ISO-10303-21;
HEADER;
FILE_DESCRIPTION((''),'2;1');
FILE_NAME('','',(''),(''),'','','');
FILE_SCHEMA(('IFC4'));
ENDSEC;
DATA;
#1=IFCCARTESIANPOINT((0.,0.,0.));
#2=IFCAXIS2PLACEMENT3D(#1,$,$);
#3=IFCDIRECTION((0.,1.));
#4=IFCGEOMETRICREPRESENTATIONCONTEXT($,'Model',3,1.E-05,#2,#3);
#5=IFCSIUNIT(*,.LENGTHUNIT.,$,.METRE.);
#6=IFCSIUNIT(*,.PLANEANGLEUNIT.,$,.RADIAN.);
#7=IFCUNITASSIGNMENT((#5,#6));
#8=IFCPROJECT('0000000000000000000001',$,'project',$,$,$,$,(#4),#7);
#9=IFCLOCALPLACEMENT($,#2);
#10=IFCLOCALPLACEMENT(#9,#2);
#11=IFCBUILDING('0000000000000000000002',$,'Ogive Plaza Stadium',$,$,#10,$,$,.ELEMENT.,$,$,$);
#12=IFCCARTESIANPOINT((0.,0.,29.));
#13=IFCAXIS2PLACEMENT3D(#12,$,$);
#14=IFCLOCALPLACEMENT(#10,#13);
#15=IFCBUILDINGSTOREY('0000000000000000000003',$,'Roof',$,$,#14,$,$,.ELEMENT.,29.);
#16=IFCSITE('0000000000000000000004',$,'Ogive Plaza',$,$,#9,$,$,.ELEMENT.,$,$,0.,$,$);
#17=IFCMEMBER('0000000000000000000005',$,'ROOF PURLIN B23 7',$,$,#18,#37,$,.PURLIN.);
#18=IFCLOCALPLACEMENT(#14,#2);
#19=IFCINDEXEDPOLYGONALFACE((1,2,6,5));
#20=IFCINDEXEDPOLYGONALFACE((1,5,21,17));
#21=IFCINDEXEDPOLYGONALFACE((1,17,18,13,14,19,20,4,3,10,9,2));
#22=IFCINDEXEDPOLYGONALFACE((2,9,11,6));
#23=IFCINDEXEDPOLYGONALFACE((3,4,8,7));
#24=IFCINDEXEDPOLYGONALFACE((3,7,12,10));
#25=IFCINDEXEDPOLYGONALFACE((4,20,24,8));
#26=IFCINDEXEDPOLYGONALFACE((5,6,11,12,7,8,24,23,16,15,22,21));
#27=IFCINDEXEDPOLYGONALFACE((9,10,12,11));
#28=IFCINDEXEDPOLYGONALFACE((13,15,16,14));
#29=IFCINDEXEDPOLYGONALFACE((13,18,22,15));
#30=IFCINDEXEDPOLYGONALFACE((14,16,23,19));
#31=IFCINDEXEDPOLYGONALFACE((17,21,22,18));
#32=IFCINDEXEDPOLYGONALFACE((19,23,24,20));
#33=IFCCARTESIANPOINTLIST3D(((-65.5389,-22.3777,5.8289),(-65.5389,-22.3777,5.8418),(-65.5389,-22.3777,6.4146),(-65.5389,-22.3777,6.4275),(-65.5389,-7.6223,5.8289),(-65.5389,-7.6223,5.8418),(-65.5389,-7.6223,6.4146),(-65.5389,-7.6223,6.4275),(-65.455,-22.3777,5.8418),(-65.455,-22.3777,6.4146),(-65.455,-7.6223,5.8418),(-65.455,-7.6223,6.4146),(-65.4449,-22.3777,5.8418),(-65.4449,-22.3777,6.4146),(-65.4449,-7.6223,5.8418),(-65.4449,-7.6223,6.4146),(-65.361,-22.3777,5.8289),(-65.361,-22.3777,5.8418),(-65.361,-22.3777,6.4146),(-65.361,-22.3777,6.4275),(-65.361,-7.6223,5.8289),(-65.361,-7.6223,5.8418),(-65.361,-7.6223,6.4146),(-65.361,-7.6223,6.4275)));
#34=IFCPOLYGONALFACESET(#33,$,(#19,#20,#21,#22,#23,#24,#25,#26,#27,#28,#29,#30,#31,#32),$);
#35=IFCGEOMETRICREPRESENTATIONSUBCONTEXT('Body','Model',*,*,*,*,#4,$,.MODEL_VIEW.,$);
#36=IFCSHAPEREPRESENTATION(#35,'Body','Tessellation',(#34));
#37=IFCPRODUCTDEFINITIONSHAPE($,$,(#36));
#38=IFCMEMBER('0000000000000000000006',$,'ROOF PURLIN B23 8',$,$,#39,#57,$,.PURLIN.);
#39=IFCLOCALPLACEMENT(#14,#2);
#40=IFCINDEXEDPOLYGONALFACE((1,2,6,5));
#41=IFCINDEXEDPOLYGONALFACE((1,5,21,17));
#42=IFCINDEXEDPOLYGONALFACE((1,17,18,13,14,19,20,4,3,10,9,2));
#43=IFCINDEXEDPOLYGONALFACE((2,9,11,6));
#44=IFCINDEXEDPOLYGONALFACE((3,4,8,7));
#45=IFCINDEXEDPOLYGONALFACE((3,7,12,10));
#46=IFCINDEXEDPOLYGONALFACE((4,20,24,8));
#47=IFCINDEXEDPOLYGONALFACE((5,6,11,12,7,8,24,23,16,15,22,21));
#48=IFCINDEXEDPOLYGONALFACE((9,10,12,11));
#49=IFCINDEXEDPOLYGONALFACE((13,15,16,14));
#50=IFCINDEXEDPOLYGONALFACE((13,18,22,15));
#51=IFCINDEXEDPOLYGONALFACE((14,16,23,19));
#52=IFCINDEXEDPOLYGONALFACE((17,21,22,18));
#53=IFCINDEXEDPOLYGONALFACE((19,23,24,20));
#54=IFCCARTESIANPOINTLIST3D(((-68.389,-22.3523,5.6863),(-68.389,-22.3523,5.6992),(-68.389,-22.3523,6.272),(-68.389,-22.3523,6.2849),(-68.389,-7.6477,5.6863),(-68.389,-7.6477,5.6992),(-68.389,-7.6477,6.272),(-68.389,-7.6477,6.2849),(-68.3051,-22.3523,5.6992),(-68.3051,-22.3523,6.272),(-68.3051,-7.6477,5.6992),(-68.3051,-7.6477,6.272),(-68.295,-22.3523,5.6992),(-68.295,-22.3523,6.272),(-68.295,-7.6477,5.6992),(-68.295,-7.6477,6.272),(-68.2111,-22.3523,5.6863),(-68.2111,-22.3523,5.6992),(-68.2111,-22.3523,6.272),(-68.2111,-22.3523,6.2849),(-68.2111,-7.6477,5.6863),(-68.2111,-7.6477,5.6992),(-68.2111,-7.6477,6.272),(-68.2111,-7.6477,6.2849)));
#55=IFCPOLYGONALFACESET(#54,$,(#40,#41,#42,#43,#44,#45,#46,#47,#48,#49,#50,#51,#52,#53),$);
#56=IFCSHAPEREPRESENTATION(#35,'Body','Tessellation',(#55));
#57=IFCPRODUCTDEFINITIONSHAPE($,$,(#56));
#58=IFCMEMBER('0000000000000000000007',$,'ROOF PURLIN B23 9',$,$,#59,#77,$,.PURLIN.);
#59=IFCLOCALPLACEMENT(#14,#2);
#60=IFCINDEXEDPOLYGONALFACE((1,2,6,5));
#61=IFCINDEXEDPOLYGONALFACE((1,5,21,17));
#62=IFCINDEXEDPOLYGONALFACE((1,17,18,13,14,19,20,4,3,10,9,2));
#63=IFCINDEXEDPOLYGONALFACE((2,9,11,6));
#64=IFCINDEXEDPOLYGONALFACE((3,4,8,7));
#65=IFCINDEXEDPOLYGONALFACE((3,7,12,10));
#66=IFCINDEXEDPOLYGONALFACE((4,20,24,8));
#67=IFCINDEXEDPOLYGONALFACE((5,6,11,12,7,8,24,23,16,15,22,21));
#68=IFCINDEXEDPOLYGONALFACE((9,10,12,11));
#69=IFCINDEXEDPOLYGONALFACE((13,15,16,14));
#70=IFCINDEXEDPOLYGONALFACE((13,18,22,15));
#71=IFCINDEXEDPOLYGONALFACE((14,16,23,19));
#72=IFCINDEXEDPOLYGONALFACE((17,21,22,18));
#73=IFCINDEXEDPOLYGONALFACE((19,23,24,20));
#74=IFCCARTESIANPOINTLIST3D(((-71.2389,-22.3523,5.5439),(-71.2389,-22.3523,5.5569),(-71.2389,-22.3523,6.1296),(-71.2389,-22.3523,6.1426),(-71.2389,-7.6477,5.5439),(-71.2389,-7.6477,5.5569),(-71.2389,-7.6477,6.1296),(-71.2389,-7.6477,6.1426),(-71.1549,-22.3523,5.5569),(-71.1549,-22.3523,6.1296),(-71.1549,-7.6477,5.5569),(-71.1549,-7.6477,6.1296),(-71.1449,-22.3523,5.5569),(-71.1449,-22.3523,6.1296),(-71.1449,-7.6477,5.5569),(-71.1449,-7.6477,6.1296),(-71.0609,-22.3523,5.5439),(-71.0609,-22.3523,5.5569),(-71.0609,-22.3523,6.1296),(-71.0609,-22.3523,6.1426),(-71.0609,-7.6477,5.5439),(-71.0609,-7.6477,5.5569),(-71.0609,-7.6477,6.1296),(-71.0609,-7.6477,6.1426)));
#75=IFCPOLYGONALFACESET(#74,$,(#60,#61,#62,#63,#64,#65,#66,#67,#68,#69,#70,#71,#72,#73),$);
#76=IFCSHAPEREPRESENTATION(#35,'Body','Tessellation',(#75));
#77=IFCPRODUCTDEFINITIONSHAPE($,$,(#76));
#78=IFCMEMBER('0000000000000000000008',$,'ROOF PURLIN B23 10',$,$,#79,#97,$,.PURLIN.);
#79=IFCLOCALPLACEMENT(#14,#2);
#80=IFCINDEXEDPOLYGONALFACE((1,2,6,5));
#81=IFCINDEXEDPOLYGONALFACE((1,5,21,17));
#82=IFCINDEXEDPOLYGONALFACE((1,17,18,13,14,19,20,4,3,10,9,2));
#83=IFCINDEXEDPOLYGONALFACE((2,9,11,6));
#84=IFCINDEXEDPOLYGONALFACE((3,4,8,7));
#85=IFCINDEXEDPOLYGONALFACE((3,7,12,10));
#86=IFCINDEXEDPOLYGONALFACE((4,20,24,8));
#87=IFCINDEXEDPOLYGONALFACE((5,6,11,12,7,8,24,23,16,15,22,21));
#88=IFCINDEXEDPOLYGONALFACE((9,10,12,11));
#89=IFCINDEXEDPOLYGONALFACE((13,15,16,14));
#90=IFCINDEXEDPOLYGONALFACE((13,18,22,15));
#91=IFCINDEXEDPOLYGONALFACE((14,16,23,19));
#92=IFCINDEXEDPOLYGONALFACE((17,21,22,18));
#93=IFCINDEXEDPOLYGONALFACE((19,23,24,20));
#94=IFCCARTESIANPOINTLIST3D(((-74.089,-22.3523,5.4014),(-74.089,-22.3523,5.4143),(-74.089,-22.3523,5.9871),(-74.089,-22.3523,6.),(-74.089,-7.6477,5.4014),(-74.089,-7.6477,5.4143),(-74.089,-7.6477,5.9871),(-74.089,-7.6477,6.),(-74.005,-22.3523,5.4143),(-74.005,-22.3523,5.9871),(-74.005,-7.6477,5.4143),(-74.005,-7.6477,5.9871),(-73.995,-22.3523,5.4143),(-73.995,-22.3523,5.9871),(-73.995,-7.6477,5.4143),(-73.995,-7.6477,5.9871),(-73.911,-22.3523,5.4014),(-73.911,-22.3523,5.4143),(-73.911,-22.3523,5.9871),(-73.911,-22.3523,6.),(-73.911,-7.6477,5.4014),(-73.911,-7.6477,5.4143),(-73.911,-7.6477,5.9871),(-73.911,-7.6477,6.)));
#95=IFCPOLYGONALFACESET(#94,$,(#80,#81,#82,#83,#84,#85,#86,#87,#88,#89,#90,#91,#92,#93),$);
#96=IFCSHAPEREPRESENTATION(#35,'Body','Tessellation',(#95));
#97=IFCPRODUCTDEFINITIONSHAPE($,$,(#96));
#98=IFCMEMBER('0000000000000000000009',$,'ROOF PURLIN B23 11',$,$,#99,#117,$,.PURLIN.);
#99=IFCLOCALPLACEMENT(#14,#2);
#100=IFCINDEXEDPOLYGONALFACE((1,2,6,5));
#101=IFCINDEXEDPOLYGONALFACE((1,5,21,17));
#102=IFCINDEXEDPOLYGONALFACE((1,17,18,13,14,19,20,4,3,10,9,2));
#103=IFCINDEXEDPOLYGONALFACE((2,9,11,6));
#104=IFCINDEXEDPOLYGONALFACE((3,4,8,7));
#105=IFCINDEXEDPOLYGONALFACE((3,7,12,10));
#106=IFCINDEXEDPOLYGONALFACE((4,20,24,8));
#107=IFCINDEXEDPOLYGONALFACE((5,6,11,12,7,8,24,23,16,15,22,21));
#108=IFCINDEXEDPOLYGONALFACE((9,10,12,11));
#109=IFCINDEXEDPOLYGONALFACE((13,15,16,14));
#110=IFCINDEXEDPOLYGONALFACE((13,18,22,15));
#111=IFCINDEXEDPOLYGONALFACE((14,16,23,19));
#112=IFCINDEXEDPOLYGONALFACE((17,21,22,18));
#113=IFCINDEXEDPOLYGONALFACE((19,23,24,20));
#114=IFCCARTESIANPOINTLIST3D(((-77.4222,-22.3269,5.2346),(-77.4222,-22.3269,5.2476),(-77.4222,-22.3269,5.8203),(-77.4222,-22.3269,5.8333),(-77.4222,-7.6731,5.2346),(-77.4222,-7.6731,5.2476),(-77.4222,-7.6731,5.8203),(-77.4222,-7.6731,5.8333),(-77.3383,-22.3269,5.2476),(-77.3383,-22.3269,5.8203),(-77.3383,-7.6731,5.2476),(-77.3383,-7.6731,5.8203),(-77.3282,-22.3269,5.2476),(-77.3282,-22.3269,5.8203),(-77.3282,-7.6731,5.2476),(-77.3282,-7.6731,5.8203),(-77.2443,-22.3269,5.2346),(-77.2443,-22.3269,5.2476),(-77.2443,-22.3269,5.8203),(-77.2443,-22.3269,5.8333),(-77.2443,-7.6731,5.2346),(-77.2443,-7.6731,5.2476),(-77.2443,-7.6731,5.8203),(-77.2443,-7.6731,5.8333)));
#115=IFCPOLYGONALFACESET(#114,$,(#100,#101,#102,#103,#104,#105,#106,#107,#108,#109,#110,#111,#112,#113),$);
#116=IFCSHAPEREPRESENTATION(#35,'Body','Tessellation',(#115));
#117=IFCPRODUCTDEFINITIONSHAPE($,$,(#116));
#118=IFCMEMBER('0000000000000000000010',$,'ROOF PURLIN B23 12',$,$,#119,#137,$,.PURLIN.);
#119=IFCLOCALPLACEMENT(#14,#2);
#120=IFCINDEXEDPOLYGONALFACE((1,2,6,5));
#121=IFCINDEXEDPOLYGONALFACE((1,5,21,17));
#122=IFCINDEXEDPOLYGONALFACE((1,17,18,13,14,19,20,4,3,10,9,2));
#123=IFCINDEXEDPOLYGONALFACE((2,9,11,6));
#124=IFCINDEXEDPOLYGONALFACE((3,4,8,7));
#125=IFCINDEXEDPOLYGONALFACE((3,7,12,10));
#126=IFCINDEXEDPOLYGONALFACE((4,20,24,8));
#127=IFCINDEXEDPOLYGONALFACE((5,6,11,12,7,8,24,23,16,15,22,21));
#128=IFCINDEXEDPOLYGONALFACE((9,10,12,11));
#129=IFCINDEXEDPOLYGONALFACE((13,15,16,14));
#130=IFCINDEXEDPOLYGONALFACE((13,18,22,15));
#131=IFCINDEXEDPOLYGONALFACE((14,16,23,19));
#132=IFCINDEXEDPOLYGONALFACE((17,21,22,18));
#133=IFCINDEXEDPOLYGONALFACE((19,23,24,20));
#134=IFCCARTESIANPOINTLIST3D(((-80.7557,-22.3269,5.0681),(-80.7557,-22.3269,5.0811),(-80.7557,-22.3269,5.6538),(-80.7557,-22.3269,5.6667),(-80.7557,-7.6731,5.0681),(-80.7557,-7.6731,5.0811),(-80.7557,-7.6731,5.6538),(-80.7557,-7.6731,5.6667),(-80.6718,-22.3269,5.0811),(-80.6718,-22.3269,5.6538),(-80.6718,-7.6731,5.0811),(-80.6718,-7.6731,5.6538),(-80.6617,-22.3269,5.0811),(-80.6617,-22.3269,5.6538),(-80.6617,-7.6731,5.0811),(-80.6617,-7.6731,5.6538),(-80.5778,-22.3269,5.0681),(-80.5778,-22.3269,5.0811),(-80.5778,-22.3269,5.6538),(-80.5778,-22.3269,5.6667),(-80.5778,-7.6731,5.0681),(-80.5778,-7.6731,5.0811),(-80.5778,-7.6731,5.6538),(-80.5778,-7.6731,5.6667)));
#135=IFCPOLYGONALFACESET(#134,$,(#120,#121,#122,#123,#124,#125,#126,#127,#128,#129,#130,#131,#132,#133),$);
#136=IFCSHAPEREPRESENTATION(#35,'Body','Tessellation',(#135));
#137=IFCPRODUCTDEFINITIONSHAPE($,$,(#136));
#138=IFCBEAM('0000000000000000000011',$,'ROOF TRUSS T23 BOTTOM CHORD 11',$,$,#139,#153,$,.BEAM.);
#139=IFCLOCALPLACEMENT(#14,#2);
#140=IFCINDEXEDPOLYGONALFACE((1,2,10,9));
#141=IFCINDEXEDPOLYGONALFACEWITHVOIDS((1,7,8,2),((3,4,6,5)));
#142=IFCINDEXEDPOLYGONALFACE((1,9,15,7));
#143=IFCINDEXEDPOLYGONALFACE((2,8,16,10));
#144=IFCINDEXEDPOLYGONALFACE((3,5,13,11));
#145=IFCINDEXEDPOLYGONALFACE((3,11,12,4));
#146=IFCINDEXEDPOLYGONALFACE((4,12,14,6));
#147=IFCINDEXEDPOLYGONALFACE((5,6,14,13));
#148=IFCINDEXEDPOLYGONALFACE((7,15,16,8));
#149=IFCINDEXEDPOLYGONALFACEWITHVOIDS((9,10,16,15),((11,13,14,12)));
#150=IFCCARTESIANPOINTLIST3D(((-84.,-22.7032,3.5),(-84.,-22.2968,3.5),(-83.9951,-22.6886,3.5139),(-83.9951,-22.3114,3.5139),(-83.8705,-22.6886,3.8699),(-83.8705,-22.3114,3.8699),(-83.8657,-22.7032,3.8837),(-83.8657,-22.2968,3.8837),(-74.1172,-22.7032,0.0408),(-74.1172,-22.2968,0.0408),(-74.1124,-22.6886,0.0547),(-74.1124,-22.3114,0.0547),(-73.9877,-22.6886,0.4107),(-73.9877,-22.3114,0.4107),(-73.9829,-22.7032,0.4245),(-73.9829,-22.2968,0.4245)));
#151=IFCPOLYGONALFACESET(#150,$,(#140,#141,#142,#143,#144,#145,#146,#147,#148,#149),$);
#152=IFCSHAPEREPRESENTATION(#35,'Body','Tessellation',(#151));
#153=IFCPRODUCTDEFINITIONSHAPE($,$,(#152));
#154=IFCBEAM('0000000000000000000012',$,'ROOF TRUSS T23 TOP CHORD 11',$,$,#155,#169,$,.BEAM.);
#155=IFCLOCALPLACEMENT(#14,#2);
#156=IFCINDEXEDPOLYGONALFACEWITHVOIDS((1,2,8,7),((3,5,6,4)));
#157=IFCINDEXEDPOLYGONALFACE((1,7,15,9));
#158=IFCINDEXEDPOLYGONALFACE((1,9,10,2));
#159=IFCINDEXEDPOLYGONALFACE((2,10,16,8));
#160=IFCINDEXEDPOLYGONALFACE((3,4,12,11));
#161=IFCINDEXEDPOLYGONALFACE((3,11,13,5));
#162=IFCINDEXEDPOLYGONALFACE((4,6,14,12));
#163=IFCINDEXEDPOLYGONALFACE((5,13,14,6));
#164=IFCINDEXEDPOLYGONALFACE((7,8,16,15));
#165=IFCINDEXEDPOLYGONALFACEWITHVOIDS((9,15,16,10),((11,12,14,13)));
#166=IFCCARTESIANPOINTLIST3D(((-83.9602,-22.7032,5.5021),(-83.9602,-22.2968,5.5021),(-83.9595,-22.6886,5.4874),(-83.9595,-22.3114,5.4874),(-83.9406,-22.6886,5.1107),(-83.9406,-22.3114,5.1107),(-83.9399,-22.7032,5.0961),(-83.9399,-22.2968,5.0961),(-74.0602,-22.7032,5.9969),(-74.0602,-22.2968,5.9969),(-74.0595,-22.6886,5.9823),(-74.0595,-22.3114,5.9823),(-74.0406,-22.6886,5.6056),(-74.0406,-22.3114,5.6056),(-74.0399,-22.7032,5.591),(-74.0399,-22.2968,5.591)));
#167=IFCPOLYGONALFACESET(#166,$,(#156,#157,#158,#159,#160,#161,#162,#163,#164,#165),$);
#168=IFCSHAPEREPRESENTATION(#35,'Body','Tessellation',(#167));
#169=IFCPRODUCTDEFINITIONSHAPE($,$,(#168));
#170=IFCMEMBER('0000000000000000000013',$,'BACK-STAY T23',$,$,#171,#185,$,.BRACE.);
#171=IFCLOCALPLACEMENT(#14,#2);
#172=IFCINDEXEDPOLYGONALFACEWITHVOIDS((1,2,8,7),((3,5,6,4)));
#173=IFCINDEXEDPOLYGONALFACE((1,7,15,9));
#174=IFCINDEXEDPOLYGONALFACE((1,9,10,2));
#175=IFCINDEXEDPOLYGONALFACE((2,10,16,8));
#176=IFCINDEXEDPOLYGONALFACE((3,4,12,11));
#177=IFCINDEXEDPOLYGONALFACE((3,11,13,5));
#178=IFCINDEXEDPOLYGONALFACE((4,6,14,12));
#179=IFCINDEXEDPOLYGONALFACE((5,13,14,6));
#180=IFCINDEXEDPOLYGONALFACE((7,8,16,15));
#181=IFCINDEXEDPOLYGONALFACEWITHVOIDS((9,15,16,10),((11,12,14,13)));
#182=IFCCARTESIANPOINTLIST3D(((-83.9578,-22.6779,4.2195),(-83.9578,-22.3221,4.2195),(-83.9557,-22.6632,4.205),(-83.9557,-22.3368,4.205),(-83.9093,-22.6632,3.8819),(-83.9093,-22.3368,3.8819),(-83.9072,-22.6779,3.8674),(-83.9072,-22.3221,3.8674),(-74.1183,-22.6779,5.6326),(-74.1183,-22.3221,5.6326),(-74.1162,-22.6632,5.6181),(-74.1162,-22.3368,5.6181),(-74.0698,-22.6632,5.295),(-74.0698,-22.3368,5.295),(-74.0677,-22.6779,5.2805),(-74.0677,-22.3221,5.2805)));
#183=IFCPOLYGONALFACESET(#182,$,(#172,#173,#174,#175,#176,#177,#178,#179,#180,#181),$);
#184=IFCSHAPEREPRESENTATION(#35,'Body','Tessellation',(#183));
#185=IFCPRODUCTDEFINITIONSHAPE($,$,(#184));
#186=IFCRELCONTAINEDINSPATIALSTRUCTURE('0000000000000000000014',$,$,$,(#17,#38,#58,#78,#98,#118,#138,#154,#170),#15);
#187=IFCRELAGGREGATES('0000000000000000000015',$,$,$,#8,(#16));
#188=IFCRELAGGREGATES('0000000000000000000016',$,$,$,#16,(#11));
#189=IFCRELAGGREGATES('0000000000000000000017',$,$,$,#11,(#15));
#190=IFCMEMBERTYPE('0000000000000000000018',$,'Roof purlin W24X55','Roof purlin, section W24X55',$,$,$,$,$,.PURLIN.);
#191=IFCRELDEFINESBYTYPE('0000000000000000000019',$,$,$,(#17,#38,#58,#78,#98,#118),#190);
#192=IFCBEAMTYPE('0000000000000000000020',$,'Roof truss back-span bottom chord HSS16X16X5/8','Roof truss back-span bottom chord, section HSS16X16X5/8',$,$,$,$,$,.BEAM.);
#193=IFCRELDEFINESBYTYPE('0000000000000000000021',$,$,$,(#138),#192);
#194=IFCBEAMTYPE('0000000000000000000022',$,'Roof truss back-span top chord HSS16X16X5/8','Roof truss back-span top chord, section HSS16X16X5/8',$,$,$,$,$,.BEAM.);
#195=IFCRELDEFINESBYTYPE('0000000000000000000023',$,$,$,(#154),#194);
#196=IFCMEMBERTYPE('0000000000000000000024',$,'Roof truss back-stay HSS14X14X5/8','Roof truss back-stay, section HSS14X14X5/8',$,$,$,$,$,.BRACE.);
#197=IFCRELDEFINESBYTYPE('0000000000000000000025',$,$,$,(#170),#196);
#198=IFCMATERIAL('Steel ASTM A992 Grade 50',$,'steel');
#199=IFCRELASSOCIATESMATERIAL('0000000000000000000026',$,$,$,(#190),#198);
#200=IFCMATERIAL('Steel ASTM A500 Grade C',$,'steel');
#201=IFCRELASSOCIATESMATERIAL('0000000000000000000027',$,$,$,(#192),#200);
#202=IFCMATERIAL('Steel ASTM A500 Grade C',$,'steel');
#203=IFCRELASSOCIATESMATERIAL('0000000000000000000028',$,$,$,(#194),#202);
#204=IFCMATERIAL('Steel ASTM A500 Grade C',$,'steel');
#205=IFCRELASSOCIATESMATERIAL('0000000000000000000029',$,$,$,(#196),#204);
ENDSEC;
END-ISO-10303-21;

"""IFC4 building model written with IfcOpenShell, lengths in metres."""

from ifc_helpers import new_model, si_unit, direction, frame, origin, origin_2d, place, context, subcontext, project, spatial, hollow_rectangle, i_section, extrude, material, material_profile, profile_set, type_object, element, save


model = new_model("IFC4")

# Units and contexts
model_context = context("Model", 3, precision=1e-05, world=origin(), true_north=direction((0.0, 1.0)))
body_context = subcontext(model_context, "Body", "Model", "MODEL_VIEW")
ifc_project = project(units=[si_unit("LENGTHUNIT", "METRE"), si_unit("PLANEANGLEUNIT", "RADIAN")], contexts=[model_context])

# Site, building, storey
site_placement = place(None, origin())
site = spatial("IfcSite", under=ifc_project, at=site_placement, Name="Ogive Plaza", CompositionType="ELEMENT", RefElevation=0.0)
building_placement = place(site_placement, origin())
building = spatial("IfcBuilding", under=site, at=building_placement, Name="Ogive Plaza Stadium", CompositionType="ELEMENT")
storey_placement = place(building_placement, frame((0.0, 0.0, 29.0)))
storey = spatial("IfcBuildingStorey", under=building, at=storey_placement, Name="Roof", CompositionType="ELEMENT", Elevation=29.0)

# Members
ifc_material_1 = material(Name="Steel ASTM A992 Grade 50", Category="steel")
ifc_material_profile_1 = material_profile(ifc_material_1, i_section(OverallWidth=0.178, OverallDepth=0.5986, WebThickness=0.01, FlangeThickness=0.0129, at=origin_2d()), Name="W24X55")
ifc_profile_set_1 = profile_set([ifc_material_profile_1], Name="Steel ASTM A992 Grade 50")
member_type_1 = type_object("IfcMemberType", Name="Roof purlin W24X55", Description="Roof purlin, section W24X55", PredefinedType="PURLIN", material=ifc_profile_set_1)
member_1_placement = place(storey_placement, frame((-65.45, -22.3777, 6.1282), z_axis=(0.0, 1.0, 0.0), x_axis=(-1.0, 0.0, 0.0)))
element("IfcMember", 1, at=member_1_placement, inside=storey, type_object=member_type_1, Name="ROOF PURLIN B23 7", PredefinedType="PURLIN", context=body_context, shape_type="SweptSolid", body=[
    extrude(i_section(OverallWidth=0.178, OverallDepth=0.5986, WebThickness=0.01, FlangeThickness=0.0129, at=origin_2d()), origin(), (0.0, 0.0, 1.0), 14.7554),
])
for number, where, z_axis, x_axis, name in (
    (2, (-68.3, -22.3523, 5.9856), (0.0, 1.0, 0.0), (-1.0, 0.0, 0.0), "ROOF PURLIN B23 8"),
    (3, (-71.1499, -22.3523, 5.8433), (0.0, 1.0, 0.0), (-1.0, 0.0, 0.0), "ROOF PURLIN B23 9"),
    (4, (-74.0, -22.3523, 5.7007), (0.0, 1.0, 0.0), (-1.0, 0.0, 0.0), "ROOF PURLIN B23 10"),
):
    element("IfcMember", number, at=place(storey_placement, frame(where, z_axis=z_axis, x_axis=x_axis)), inside=storey, type_object=member_type_1, Name=name, PredefinedType="PURLIN", context=body_context, shape_type="SweptSolid", body=[
        extrude(i_section(OverallWidth=0.178, OverallDepth=0.5986, WebThickness=0.01, FlangeThickness=0.0129, at=origin_2d()), origin(), (0.0, 0.0, 1.0), 14.7046),
    ])
for number, where, z_axis, x_axis, name in (
    (5, (-77.3333, -22.3269, 5.5339), (0.0, 1.0, 0.0), (-1.0, 0.0, 0.0), "ROOF PURLIN B23 11"),
    (6, (-80.6667, -22.3269, 5.3674), (0.0, 1.0, 0.0), (-1.0, 0.0, 0.0), "ROOF PURLIN B23 12"),
):
    element("IfcMember", number, at=place(storey_placement, frame(where, z_axis=z_axis, x_axis=x_axis)), inside=storey, type_object=member_type_1, Name=name, PredefinedType="PURLIN", context=body_context, shape_type="SweptSolid", body=[
        extrude(i_section(OverallWidth=0.178, OverallDepth=0.5986, WebThickness=0.01, FlangeThickness=0.0129, at=origin_2d()), origin(), (0.0, 0.0, 1.0), 14.6538),
    ])

# Beams
ifc_material_2 = material(Name="Steel ASTM A500 Grade C", Category="steel")
ifc_material_profile_2 = material_profile(ifc_material_2, hollow_rectangle(XDim=0.4065, YDim=0.4065, WallThickness=0.0146, at=origin_2d()), Name="HSS16X16X5/8")
ifc_profile_set_2 = profile_set([ifc_material_profile_2], Name="Steel ASTM A500 Grade C")
beam_type_1 = type_object("IfcBeamType", Name="Roof truss back-span bottom chord HSS16X16X5/8", Description="Roof truss back-span bottom chord, section HSS16X16X5/8", PredefinedType="BEAM", material=ifc_profile_set_2)
beam_1_placement = place(storey_placement, frame((-74.05, -22.5, 0.2327), z_axis=(-0.943851, 0.0, 0.330371), x_axis=(0.0, -1.0, 0.0)))
element("IfcBeam", 7, at=beam_1_placement, inside=storey, type_object=beam_type_1, Name="ROOF TRUSS T23 BOTTOM CHORD 11", PredefinedType="BEAM", context=body_context, shape_type="SweptSolid", body=[
    extrude(hollow_rectangle(XDim=0.4065, YDim=0.4065, WallThickness=0.0146, at=origin_2d()), origin(), (0.0, 0.0, 1.0), 10.4707),
])
ifc_material_3 = material(Name="Steel ASTM A500 Grade C", Category="steel")
ifc_material_profile_3 = material_profile(ifc_material_3, hollow_rectangle(XDim=0.4065, YDim=0.4065, WallThickness=0.0146, at=origin_2d()), Name="HSS16X16X5/8")
ifc_profile_set_3 = profile_set([ifc_material_profile_3], Name="Steel ASTM A500 Grade C")
beam_type_2 = type_object("IfcBeamType", Name="Roof truss back-span top chord HSS16X16X5/8", Description="Roof truss back-span top chord, section HSS16X16X5/8", PredefinedType="BEAM", material=ifc_profile_set_3)
beam_2_placement = place(storey_placement, frame((-74.05, -22.5, 5.7939), z_axis=(-0.998753, 0.0, -0.049925), x_axis=(0.0, -1.0, 0.0)))
element("IfcBeam", 8, at=beam_2_placement, inside=storey, type_object=beam_type_2, Name="ROOF TRUSS T23 TOP CHORD 11", PredefinedType="BEAM", context=body_context, shape_type="SweptSolid", body=[
    extrude(hollow_rectangle(XDim=0.4065, YDim=0.4065, WallThickness=0.0146, at=origin_2d()), origin(), (0.0, 0.0, 1.0), 9.9124),
])

# Member
ifc_material_4 = material(Name="Steel ASTM A500 Grade C", Category="steel")
ifc_material_profile_4 = material_profile(ifc_material_4, hollow_rectangle(XDim=0.3557, YDim=0.3557, WallThickness=0.0146, at=origin_2d()), Name="HSS14X14X5/8")
ifc_profile_set_4 = profile_set([ifc_material_profile_4], Name="Steel ASTM A500 Grade C")
member_type_2 = type_object("IfcMemberType", Name="Roof truss back-stay HSS14X14X5/8", Description="Roof truss back-stay, section HSS14X14X5/8", PredefinedType="BRACE", material=ifc_profile_set_4)
member_2_placement = place(storey_placement, frame((-74.093, -22.5, 5.4565), z_axis=(-0.989844, 0.0, -0.142157), x_axis=(0.0, -1.0, 0.0)))
element("IfcMember", 9, at=member_2_placement, inside=storey, type_object=member_type_2, Name="BACK-STAY T23", PredefinedType="BRACE", context=body_context, shape_type="SweptSolid", body=[
    extrude(hollow_rectangle(XDim=0.3557, YDim=0.3557, WallThickness=0.0146, at=origin_2d()), origin(), (0.0, 0.0, 1.0), 9.9404),
])

save(model, "model.ifc")
